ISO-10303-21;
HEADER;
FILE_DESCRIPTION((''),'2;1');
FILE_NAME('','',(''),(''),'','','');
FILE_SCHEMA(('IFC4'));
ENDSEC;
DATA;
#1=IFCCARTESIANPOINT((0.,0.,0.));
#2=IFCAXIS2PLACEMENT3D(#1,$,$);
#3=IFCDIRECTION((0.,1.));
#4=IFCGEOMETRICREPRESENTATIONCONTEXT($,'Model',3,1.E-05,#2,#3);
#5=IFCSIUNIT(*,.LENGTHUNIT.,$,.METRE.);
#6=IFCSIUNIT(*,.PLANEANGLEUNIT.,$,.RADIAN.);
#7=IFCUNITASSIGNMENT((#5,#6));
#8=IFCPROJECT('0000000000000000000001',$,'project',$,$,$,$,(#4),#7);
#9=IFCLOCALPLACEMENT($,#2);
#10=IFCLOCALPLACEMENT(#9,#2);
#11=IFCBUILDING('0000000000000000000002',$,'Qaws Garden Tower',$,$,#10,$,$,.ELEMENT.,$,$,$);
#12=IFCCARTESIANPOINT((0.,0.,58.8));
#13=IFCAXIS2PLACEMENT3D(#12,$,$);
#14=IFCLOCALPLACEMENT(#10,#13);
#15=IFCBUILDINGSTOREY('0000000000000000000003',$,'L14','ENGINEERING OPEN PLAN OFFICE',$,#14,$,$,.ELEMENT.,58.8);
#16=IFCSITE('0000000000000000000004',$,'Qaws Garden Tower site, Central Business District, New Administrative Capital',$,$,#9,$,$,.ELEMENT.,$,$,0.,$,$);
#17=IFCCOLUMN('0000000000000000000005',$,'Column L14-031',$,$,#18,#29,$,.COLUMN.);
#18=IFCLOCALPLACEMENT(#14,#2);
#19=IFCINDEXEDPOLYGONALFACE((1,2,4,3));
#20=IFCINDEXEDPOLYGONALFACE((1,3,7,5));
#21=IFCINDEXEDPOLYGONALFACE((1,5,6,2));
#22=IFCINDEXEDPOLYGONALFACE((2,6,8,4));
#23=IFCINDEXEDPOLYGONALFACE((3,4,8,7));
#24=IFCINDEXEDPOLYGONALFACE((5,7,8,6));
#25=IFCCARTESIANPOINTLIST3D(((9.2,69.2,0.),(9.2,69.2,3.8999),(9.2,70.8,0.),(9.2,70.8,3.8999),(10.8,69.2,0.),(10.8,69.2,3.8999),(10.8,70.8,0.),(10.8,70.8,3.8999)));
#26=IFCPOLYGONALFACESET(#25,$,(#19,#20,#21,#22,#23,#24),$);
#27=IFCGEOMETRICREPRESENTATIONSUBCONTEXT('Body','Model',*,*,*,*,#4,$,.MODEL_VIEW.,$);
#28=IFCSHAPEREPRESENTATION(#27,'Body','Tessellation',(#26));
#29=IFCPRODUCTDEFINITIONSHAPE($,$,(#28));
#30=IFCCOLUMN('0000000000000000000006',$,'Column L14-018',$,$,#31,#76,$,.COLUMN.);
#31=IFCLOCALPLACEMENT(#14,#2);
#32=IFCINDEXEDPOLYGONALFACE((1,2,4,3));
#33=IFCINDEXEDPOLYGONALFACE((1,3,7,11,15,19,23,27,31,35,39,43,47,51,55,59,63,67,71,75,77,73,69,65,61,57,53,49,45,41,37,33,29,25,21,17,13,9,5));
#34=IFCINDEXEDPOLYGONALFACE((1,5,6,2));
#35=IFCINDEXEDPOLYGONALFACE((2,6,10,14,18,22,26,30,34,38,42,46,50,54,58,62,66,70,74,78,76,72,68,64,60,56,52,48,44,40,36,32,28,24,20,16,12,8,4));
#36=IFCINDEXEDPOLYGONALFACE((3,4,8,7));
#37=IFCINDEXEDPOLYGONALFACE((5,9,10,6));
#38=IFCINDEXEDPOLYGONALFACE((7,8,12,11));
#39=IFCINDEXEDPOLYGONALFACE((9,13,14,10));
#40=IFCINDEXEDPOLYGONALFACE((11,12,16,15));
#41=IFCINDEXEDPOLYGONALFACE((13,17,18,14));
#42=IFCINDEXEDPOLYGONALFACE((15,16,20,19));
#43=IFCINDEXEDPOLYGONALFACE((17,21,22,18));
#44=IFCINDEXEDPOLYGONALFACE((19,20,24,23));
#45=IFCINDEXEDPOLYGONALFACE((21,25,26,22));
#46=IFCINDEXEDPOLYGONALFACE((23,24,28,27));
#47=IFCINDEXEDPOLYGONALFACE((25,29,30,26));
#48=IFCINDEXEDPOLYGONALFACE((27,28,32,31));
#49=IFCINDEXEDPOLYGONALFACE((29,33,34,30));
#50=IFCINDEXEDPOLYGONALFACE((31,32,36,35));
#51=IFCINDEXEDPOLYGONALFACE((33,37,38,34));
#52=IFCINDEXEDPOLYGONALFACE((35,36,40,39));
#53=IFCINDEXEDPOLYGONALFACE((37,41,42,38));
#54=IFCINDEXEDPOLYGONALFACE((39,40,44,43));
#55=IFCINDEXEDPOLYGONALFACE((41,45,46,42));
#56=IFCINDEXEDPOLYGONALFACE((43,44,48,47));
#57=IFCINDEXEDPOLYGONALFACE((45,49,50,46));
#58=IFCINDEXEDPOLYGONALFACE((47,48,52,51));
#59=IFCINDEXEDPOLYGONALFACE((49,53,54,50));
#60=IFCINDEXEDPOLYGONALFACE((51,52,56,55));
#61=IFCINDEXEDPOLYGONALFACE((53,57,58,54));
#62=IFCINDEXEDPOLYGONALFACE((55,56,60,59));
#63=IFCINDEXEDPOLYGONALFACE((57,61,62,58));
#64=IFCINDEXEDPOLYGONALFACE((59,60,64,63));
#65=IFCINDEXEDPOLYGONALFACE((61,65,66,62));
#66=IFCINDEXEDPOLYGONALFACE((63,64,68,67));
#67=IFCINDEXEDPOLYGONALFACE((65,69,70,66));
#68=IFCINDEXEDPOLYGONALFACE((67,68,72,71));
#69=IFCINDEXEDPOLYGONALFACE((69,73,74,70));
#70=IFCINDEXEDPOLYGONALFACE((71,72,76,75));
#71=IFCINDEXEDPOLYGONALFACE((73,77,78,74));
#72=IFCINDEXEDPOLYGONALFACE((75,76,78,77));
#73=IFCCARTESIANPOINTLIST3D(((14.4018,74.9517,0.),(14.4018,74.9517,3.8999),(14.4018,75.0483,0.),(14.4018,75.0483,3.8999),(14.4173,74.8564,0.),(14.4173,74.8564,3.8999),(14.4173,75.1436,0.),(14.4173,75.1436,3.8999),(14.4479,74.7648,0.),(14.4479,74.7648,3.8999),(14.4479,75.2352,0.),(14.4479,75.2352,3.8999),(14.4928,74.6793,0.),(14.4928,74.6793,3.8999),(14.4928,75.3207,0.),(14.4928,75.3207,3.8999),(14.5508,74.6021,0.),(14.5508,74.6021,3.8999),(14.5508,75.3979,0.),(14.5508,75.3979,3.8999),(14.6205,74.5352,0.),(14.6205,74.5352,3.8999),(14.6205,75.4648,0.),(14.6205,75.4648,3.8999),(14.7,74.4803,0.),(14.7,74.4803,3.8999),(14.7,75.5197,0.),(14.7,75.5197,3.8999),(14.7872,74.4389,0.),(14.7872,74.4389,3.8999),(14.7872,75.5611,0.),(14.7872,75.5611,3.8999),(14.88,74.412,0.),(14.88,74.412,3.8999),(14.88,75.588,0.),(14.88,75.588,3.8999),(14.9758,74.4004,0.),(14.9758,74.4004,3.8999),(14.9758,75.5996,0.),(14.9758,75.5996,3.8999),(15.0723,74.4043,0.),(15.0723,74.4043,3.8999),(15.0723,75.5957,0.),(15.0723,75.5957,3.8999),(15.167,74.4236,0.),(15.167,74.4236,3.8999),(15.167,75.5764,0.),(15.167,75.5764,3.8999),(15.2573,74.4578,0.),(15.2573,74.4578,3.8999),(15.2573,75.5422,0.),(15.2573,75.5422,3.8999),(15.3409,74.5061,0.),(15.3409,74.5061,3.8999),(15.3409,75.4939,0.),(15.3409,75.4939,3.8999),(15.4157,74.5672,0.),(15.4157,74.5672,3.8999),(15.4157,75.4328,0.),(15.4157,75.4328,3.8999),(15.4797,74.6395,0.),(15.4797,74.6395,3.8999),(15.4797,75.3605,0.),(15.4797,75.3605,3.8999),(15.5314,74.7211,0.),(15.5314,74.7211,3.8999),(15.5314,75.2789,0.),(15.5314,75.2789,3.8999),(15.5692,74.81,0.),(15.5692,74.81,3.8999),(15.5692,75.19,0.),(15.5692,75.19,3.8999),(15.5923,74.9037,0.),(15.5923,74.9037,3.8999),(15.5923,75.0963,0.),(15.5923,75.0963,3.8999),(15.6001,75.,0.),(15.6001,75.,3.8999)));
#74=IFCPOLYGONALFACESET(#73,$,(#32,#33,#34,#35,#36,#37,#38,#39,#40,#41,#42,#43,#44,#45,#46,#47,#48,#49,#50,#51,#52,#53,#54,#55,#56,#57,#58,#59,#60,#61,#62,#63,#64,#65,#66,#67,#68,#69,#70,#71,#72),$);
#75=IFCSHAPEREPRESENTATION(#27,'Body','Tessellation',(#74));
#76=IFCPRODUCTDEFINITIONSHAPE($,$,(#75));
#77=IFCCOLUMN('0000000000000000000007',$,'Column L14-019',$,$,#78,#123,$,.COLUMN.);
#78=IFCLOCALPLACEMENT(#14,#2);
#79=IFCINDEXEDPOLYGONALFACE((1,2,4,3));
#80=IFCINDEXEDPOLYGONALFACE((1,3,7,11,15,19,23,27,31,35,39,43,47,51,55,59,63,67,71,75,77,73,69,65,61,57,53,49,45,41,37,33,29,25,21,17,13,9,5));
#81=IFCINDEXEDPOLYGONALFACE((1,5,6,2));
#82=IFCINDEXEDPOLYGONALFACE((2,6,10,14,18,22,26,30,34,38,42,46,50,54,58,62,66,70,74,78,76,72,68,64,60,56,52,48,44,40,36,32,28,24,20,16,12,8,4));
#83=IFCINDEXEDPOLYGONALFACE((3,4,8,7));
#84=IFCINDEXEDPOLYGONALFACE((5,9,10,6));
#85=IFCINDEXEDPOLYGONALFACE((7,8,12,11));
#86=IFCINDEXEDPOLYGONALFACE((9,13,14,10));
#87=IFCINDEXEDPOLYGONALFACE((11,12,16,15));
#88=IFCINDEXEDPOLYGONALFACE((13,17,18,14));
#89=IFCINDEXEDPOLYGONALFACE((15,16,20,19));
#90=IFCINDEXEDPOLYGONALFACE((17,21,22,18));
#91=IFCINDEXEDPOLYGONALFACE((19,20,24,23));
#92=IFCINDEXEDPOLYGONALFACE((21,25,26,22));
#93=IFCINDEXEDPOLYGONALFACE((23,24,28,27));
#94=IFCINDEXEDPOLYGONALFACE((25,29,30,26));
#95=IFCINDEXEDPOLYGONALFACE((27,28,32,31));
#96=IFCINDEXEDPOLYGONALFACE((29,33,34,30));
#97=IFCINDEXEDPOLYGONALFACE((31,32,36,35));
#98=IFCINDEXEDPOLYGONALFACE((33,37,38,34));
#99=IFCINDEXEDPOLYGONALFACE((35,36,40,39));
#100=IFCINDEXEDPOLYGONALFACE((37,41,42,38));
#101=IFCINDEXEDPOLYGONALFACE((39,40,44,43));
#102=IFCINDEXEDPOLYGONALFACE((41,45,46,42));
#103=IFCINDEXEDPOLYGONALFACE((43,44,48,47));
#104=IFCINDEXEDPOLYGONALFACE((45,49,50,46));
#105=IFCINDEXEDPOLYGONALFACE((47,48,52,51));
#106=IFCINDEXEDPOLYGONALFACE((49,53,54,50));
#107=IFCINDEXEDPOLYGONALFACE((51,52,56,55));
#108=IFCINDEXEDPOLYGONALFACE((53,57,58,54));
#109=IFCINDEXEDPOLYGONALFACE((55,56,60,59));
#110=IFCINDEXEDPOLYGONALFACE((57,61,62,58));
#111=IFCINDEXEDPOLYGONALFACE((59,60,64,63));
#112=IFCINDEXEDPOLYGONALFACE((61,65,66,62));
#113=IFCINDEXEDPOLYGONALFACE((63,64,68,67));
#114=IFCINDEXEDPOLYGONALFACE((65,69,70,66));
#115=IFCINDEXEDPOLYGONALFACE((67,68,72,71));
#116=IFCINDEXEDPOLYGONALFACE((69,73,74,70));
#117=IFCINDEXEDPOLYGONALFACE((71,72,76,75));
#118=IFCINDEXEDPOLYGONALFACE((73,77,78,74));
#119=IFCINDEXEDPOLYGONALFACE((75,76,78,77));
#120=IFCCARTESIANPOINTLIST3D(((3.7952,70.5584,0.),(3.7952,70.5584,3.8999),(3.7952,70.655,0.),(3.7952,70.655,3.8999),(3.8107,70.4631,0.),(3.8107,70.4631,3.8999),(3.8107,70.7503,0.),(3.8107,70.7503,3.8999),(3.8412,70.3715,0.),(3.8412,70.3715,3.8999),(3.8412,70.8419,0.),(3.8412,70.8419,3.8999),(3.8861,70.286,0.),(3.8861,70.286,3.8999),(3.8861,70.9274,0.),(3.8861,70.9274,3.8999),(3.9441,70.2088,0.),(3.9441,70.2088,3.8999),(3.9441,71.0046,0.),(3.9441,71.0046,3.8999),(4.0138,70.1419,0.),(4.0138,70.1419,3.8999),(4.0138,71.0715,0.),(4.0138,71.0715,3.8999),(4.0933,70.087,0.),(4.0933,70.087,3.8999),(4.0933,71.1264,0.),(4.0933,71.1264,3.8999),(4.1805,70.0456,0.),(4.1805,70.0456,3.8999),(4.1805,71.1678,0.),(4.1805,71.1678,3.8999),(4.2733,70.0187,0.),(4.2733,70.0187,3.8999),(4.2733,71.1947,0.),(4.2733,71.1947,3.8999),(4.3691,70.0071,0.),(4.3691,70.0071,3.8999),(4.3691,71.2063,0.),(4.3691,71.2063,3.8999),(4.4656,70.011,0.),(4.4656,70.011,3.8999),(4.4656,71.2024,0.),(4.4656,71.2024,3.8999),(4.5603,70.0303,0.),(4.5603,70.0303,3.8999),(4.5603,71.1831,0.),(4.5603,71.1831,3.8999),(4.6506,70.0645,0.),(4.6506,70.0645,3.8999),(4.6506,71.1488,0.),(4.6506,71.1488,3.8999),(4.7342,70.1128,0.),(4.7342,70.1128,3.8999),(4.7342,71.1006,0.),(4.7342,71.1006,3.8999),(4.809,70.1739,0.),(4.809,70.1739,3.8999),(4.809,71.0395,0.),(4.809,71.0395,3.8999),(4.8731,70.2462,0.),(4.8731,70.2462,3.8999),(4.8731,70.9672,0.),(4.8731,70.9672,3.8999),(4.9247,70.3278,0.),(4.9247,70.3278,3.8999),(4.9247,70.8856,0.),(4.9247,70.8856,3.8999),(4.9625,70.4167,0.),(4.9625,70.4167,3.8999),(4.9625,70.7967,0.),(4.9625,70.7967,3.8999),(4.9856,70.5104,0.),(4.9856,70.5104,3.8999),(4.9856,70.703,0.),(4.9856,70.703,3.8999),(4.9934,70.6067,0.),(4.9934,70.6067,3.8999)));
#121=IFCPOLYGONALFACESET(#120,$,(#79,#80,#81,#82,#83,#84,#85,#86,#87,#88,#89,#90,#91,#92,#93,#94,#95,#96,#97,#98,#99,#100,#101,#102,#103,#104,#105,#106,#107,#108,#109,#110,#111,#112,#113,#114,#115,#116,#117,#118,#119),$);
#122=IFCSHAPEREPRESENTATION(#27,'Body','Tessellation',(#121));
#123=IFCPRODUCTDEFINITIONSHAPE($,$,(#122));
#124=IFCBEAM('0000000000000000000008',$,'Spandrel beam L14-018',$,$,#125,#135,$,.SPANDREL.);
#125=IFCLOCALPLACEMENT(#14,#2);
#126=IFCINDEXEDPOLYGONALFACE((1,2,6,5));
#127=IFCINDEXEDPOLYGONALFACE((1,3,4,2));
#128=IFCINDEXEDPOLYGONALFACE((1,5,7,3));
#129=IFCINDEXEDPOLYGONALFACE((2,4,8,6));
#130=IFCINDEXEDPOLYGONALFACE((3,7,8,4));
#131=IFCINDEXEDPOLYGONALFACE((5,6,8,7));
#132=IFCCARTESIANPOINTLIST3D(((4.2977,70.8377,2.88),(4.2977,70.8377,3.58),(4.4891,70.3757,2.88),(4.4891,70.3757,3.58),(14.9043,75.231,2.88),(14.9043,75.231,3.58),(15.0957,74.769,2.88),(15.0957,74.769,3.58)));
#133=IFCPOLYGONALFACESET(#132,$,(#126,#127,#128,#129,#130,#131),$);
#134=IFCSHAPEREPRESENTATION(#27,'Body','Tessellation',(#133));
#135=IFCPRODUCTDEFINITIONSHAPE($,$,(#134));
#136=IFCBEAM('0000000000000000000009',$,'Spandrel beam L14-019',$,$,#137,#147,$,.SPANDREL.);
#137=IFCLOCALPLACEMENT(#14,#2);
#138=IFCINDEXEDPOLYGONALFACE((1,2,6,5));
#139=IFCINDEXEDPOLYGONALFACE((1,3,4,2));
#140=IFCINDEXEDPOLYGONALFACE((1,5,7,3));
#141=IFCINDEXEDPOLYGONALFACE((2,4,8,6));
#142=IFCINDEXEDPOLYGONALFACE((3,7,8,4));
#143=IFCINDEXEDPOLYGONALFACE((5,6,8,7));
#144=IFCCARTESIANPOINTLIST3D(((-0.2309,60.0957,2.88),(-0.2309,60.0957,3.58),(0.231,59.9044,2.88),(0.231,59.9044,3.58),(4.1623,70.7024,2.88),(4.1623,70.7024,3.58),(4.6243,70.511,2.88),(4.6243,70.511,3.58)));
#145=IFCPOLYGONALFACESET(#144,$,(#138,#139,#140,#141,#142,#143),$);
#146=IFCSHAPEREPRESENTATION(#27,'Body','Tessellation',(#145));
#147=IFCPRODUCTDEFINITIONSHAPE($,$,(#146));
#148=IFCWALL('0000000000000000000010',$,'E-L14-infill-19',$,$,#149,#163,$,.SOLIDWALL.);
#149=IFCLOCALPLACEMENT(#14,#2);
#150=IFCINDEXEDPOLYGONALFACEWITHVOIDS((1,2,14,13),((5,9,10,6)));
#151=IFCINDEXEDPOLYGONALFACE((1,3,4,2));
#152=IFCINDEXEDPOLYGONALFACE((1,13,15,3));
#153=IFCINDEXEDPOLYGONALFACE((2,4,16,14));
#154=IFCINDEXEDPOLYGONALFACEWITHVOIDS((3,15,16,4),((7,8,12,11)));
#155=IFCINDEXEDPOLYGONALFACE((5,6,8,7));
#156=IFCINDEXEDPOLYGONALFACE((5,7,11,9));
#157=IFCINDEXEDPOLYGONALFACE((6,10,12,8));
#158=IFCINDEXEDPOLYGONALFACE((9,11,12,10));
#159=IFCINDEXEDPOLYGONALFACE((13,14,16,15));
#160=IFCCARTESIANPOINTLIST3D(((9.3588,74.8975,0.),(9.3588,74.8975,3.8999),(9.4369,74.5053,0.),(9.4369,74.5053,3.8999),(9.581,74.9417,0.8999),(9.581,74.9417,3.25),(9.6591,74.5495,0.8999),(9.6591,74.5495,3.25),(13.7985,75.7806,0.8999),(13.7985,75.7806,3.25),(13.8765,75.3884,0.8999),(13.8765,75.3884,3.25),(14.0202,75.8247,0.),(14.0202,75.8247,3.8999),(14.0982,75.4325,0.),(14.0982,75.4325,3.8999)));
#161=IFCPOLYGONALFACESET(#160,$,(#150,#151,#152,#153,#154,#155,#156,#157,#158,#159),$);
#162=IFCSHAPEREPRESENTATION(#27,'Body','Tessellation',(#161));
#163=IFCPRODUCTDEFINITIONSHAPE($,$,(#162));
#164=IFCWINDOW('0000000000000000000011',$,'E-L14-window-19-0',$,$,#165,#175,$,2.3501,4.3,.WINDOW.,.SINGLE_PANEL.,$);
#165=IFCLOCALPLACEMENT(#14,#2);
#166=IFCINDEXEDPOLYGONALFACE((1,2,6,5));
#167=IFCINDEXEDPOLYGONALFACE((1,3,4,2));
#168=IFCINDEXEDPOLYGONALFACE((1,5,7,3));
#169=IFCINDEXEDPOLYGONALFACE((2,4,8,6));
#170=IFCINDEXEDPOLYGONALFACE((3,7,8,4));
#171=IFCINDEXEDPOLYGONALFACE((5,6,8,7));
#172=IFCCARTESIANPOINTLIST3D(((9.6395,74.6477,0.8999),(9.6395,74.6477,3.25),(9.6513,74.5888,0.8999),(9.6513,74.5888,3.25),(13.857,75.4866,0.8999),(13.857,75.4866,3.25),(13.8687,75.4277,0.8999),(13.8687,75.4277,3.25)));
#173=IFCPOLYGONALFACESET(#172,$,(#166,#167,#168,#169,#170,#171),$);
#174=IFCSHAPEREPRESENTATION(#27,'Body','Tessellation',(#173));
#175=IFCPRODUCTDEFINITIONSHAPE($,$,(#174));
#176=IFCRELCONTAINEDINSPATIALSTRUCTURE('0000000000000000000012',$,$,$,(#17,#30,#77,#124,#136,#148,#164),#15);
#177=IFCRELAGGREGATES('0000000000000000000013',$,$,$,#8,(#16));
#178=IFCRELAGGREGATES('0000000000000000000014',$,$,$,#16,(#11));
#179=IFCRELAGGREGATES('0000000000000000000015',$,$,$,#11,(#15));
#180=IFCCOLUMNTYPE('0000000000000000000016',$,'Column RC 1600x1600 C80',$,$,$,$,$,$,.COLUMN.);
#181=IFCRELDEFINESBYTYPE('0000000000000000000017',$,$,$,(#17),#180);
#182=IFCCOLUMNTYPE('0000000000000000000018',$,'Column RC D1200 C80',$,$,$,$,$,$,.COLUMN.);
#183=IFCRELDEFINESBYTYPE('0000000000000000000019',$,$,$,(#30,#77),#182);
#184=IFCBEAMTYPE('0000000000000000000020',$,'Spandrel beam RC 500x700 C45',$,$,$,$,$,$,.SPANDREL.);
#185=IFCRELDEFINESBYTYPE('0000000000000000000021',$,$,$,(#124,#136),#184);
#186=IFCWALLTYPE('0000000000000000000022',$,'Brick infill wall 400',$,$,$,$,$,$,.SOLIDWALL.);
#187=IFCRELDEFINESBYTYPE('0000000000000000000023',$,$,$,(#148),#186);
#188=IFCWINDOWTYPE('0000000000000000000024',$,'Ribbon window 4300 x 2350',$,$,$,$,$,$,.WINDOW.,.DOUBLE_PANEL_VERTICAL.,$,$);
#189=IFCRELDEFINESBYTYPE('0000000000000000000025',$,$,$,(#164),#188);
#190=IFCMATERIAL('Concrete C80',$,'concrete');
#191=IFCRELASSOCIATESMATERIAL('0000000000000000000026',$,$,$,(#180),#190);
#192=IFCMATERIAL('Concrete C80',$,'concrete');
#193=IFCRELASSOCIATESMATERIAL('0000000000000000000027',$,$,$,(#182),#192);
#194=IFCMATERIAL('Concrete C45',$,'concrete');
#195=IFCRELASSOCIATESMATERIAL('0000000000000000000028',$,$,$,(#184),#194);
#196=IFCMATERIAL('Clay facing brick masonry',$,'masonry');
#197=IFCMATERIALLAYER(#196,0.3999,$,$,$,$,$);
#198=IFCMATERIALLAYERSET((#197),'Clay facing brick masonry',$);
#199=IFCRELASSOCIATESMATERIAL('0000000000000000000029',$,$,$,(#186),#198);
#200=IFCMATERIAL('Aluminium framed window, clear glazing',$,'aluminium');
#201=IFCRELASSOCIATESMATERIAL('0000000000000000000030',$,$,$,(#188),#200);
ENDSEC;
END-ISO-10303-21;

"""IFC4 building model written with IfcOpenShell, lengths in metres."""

from ifc_helpers import new_model, si_unit, direction, frame, frame_2d, origin, origin_2d, place, context, subcontext, project, spatial, rectangle, circle, extrude, material, layer, layer_set, material_profile, profile_set, type_object, element, fill, save


model = new_model("IFC4")

# Units and contexts
model_context = context("Model", 3, precision=1e-05, world=origin(), true_north=direction((0.0, 1.0)))
body_context = subcontext(model_context, "Body", "Model", "MODEL_VIEW")
ifc_project = project(units=[si_unit("LENGTHUNIT", "METRE"), si_unit("PLANEANGLEUNIT", "RADIAN")], contexts=[model_context])

# Site, building, storey
site_placement = place(None, origin())
site = spatial("IfcSite", under=ifc_project, at=site_placement, Name="Qaws Garden Tower site, Central Business District, New Administrative Capital", CompositionType="ELEMENT", RefElevation=0.0)
building_placement = place(site_placement, origin())
building = spatial("IfcBuilding", under=site, at=building_placement, Name="Qaws Garden Tower", CompositionType="ELEMENT")
storey_placement = place(building_placement, frame((0.0, 0.0, 58.8)))
storey = spatial("IfcBuildingStorey", under=building, at=storey_placement, Name="L14", Description="ENGINEERING OPEN PLAN OFFICE", CompositionType="ELEMENT", Elevation=58.8)

# Columns
ifc_material_1 = material(Name="Concrete C80", Category="concrete")
ifc_material_profile_1 = material_profile(ifc_material_1, rectangle(XDim=1.6001, YDim=1.6001, at=origin_2d()), Name="RC 1600x1600")
ifc_profile_set_1 = profile_set([ifc_material_profile_1], Name="Concrete C80")
column_type_1 = type_object("IfcColumnType", Name="Column RC 1600x1600 C80", PredefinedType="COLUMN", material=ifc_profile_set_1)
column_placement = place(storey_placement, frame((10.0, 70.0, 0.0), z_axis=(0.0, 0.0, 1.0), x_axis=(1.0, 0.0, 0.0)))
element("IfcColumn", 1, at=column_placement, inside=storey, type_object=column_type_1, Name="Column L14-031", PredefinedType="COLUMN", context=body_context, shape_type="SweptSolid", body=[
    extrude(rectangle(XDim=1.6001, YDim=1.6001, at=origin_2d()), origin(), (0.0, 0.0, 1.0), 3.8999),
])
ifc_material_2 = material(Name="Concrete C80", Category="concrete")
ifc_material_profile_2 = material_profile(ifc_material_2, circle(Radius=0.6001, at=origin_2d()), Name="RC D1200")
ifc_profile_set_2 = profile_set([ifc_material_profile_2], Name="Concrete C80")
column_type_2 = type_object("IfcColumnType", Name="Column RC D1200 C80", PredefinedType="COLUMN", material=ifc_profile_set_2)
for number, where, z_axis, x_axis, name in (
    (2, (15.0, 75.0, 0.0), (0.0, 0.0, 1.0), (1.0, 0.0, 0.0), "Column L14-018"),
    (3, (4.3933, 70.6067, 0.0), (0.0, 0.0, 1.0), (1.0, 0.0, 0.0), "Column L14-019"),
):
    element("IfcColumn", number, at=place(storey_placement, frame(where, z_axis=z_axis, x_axis=x_axis)), inside=storey, type_object=column_type_2, Name=name, PredefinedType="COLUMN", context=body_context, shape_type="SweptSolid", body=[
        extrude(circle(Radius=0.6001, at=origin_2d()), origin(), (0.0, 0.0, 1.0), 3.8999),
    ])

# Beams
ifc_material_3 = material(Name="Concrete C45", Category="concrete")
ifc_material_profile_3 = material_profile(ifc_material_3, rectangle(XDim=0.5, YDim=0.7, at=origin_2d()), Name="RC 500x700")
ifc_profile_set_3 = profile_set([ifc_material_profile_3], Name="Concrete C45")
beam_type = type_object("IfcBeamType", Name="Spandrel beam RC 500x700 C45", PredefinedType="SPANDREL", material=ifc_profile_set_3)
for number, where, z_axis, x_axis, name in (
    (4, (15.0, 75.0, 3.23), (-0.923883, -0.382674, 0.0), (0.382674, -0.923883, 0.0), "Spandrel beam L14-018"),
    (5, (4.3933, 70.6067, 3.23), (-0.382674, -0.923883, 0.0), (0.923883, -0.382674, 0.0), "Spandrel beam L14-019"),
):
    element("IfcBeam", number, at=place(storey_placement, frame(where, z_axis=z_axis, x_axis=x_axis)), inside=storey, type_object=beam_type, Name=name, PredefinedType="SPANDREL", context=body_context, shape_type="SweptSolid", body=[
        extrude(rectangle(XDim=0.5, YDim=0.7, at=origin_2d()), origin(), (0.0, 0.0, 1.0), 11.4805),
    ])

# Wall, opening, window
ifc_material_4 = material(Name="Clay facing brick masonry", Category="masonry")
ifc_layer_1 = layer(ifc_material_4, 0.3999)
ifc_layer_set_1 = layer_set([ifc_layer_1], Name="Clay facing brick masonry")
wall_type_1 = type_object("IfcWallType", Name="Brick infill wall 400", PredefinedType="SOLIDWALL", material=ifc_layer_set_1)
wall_1_placement = place(storey_placement, frame((14.0593, 75.6287, 0.0), z_axis=(0.0, 0.0, 1.0), x_axis=(-0.980784, -0.195099, 0.0)))
wall_1 = element("IfcWall", 6, at=wall_1_placement, inside=storey, type_object=wall_type_1, Name="E-L14-infill-19", PredefinedType="SOLIDWALL", context=body_context, shape_type="SweptSolid", body=[
    extrude(rectangle(XDim=4.7527, YDim=0.3999, at=frame_2d((2.3765, 0.0))), origin(), (0.0, 0.0, 1.0), 3.8999),
])
opening_1_placement = place(wall_1_placement, frame((0.2263, 0.0, 0.8999)))
opening_1 = element("IfcOpeningElement", 7, at=opening_1_placement, cuts=wall_1, PredefinedType="OPENING", context=body_context, shape_type="SweptSolid", body=[
    extrude(rectangle(XDim=4.3, YDim=2.3501, at=frame_2d((2.1499, 1.175))), frame((0.0, 0.21, 0.0), z_axis=(0.0, -1.0, 0.0), x_axis=(1.0, 0.0, 0.0)), (0.0, 0.0, 1.0), 0.4199),
])
ifc_material_5 = material(Name="Aluminium framed window, clear glazing", Category="aluminium")
window_type = type_object("IfcWindowType", Name="Ribbon window 4300 x 2350", PartitioningType="DOUBLE_PANEL_VERTICAL", PredefinedType="WINDOW", material=ifc_material_5)
window_1_placement = place(opening_1_placement, origin())
window_1 = element("IfcWindow", 8, at=window_1_placement, inside=storey, type_object=window_type, Name="E-L14-window-19-0", OverallHeight=2.3501, OverallWidth=4.3, PartitioningType="SINGLE_PANEL", PredefinedType="WINDOW", context=body_context, shape_type="SweptSolid", body=[
    extrude(rectangle(XDim=4.3, YDim=2.3501, at=frame_2d((2.1499, 1.175))), frame((0.0, 0.1599, 0.0), z_axis=(0.0, -1.0, 0.0), x_axis=(1.0, 0.0, 0.0)), (0.0, 0.0, 1.0), 0.0601),
])
fill(opening_1, window_1)

save(model, "model.ifc")
